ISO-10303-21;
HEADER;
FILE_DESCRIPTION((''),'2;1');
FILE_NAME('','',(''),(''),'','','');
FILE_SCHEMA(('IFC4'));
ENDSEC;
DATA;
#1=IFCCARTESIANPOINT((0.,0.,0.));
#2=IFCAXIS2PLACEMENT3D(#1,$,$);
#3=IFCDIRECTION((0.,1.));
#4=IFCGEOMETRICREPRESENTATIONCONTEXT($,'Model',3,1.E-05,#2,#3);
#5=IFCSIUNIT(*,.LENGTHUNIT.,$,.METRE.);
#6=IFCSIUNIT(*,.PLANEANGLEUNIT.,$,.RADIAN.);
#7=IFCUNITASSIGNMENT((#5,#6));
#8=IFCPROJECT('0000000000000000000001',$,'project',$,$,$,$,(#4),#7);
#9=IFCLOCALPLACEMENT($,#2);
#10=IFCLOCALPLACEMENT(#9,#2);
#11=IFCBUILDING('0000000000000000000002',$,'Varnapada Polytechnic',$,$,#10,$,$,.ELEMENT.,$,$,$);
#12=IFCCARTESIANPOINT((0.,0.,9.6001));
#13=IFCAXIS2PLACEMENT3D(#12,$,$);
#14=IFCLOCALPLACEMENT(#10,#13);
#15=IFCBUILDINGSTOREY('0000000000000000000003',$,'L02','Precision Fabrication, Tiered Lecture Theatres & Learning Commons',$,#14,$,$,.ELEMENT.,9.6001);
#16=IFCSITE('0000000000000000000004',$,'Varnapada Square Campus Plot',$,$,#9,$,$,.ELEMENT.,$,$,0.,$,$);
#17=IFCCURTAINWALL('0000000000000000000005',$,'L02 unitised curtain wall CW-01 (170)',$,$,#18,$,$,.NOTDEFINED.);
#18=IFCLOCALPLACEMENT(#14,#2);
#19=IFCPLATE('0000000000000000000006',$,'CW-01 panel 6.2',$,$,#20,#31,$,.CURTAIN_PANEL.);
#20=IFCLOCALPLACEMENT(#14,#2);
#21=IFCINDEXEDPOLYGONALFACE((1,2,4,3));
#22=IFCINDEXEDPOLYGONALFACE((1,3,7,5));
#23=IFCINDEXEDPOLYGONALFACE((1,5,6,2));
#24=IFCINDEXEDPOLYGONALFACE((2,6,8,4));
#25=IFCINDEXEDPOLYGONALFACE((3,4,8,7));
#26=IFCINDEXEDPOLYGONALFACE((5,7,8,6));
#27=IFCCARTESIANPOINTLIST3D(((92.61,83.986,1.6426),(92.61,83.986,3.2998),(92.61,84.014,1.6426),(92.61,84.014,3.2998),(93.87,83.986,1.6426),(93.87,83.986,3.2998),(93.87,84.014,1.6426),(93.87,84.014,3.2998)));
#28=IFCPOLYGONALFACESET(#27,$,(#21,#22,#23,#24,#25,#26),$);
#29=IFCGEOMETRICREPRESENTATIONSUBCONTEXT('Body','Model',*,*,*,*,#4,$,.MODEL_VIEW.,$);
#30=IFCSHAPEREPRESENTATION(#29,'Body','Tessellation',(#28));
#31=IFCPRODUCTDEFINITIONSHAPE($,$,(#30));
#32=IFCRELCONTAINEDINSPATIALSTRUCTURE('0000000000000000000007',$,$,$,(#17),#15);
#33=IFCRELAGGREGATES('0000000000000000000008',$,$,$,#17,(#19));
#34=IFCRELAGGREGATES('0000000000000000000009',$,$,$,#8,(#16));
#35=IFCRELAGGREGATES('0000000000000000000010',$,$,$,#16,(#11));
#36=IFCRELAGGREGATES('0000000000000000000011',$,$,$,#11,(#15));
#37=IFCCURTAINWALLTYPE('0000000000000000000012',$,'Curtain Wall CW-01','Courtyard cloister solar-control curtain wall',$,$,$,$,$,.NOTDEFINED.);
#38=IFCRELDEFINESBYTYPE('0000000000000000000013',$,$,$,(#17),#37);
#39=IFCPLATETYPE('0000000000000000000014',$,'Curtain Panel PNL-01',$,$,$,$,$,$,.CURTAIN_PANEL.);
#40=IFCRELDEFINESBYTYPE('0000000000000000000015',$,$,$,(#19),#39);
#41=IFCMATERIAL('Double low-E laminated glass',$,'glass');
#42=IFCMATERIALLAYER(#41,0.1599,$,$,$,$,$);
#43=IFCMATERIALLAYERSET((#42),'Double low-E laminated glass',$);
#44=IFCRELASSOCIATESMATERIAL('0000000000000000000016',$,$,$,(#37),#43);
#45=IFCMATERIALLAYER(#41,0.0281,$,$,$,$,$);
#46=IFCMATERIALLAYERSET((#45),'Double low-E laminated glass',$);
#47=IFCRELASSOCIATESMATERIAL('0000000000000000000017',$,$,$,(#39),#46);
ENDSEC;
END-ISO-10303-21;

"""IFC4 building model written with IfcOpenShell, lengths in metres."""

from ifc_helpers import new_model, si_unit, direction, frame, origin, origin_2d, place, context, subcontext, project, spatial, rectangle, extrude, material, layer, layer_set, type_object, element, aggregate, save


model = new_model("IFC4")

# Units and contexts
model_context = context("Model", 3, precision=1e-05, world=origin(), true_north=direction((0.0, 1.0)))
body_context = subcontext(model_context, "Body", "Model", "MODEL_VIEW")
ifc_project = project(units=[si_unit("LENGTHUNIT", "METRE"), si_unit("PLANEANGLEUNIT", "RADIAN")], contexts=[model_context])

# Site, building, storey
site_placement = place(None, origin())
site = spatial("IfcSite", under=ifc_project, at=site_placement, Name="Varnapada Square Campus Plot", CompositionType="ELEMENT", RefElevation=0.0)
building_placement = place(site_placement, origin())
building = spatial("IfcBuilding", under=site, at=building_placement, Name="Varnapada Polytechnic", CompositionType="ELEMENT")
storey_placement = place(building_placement, frame((0.0, 0.0, 9.6001)))
storey = spatial("IfcBuildingStorey", under=building, at=storey_placement, Name="L02", Description="Precision Fabrication, Tiered Lecture Theatres & Learning Commons", CompositionType="ELEMENT", Elevation=9.6001)

# Shared definitions
ifc_material_1 = material(Name="Double low-E laminated glass", Category="glass")
ifc_layer_1 = layer(ifc_material_1, 0.1599)
ifc_layer_set_1 = layer_set([ifc_layer_1], Name="Double low-E laminated glass")
curtain_wall_type = type_object("IfcCurtainWallType", Name="Curtain Wall CW-01", Description="Courtyard cloister solar-control curtain wall", PredefinedType="NOTDEFINED", material=ifc_layer_set_1)

# Curtain wall
curtain_wall_1_placement = place(storey_placement, origin())
curtain_wall_1 = element("IfcCurtainWall", 1, at=curtain_wall_1_placement, inside=storey, type_object=curtain_wall_type, Name="L02 unitised curtain wall CW-01 (170)", PredefinedType="NOTDEFINED")

# Plate
ifc_layer_2 = layer(ifc_material_1, 0.0281)
ifc_layer_set_2 = layer_set([ifc_layer_2], Name="Double low-E laminated glass")
plate_type = type_object("IfcPlateType", Name="Curtain Panel PNL-01", PredefinedType="CURTAIN_PANEL", material=ifc_layer_set_2)
plate_1_placement = place(storey_placement, frame((93.24, 84.0, 1.6426), z_axis=(0.0, 0.0, 1.0), x_axis=(-1.0, 0.0, 0.0)))
plate_1 = element("IfcPlate", 2, at=plate_1_placement, type_object=plate_type, Name="CW-01 panel 6.2", PredefinedType="CURTAIN_PANEL", context=body_context, shape_type="SweptSolid", body=[
    extrude(rectangle(XDim=1.26, YDim=0.0281, at=origin_2d()), origin(), (0.0, 0.0, 1.0), 1.6572),
])
aggregate(curtain_wall_1, [plate_1])

save(model, "model.ifc")
